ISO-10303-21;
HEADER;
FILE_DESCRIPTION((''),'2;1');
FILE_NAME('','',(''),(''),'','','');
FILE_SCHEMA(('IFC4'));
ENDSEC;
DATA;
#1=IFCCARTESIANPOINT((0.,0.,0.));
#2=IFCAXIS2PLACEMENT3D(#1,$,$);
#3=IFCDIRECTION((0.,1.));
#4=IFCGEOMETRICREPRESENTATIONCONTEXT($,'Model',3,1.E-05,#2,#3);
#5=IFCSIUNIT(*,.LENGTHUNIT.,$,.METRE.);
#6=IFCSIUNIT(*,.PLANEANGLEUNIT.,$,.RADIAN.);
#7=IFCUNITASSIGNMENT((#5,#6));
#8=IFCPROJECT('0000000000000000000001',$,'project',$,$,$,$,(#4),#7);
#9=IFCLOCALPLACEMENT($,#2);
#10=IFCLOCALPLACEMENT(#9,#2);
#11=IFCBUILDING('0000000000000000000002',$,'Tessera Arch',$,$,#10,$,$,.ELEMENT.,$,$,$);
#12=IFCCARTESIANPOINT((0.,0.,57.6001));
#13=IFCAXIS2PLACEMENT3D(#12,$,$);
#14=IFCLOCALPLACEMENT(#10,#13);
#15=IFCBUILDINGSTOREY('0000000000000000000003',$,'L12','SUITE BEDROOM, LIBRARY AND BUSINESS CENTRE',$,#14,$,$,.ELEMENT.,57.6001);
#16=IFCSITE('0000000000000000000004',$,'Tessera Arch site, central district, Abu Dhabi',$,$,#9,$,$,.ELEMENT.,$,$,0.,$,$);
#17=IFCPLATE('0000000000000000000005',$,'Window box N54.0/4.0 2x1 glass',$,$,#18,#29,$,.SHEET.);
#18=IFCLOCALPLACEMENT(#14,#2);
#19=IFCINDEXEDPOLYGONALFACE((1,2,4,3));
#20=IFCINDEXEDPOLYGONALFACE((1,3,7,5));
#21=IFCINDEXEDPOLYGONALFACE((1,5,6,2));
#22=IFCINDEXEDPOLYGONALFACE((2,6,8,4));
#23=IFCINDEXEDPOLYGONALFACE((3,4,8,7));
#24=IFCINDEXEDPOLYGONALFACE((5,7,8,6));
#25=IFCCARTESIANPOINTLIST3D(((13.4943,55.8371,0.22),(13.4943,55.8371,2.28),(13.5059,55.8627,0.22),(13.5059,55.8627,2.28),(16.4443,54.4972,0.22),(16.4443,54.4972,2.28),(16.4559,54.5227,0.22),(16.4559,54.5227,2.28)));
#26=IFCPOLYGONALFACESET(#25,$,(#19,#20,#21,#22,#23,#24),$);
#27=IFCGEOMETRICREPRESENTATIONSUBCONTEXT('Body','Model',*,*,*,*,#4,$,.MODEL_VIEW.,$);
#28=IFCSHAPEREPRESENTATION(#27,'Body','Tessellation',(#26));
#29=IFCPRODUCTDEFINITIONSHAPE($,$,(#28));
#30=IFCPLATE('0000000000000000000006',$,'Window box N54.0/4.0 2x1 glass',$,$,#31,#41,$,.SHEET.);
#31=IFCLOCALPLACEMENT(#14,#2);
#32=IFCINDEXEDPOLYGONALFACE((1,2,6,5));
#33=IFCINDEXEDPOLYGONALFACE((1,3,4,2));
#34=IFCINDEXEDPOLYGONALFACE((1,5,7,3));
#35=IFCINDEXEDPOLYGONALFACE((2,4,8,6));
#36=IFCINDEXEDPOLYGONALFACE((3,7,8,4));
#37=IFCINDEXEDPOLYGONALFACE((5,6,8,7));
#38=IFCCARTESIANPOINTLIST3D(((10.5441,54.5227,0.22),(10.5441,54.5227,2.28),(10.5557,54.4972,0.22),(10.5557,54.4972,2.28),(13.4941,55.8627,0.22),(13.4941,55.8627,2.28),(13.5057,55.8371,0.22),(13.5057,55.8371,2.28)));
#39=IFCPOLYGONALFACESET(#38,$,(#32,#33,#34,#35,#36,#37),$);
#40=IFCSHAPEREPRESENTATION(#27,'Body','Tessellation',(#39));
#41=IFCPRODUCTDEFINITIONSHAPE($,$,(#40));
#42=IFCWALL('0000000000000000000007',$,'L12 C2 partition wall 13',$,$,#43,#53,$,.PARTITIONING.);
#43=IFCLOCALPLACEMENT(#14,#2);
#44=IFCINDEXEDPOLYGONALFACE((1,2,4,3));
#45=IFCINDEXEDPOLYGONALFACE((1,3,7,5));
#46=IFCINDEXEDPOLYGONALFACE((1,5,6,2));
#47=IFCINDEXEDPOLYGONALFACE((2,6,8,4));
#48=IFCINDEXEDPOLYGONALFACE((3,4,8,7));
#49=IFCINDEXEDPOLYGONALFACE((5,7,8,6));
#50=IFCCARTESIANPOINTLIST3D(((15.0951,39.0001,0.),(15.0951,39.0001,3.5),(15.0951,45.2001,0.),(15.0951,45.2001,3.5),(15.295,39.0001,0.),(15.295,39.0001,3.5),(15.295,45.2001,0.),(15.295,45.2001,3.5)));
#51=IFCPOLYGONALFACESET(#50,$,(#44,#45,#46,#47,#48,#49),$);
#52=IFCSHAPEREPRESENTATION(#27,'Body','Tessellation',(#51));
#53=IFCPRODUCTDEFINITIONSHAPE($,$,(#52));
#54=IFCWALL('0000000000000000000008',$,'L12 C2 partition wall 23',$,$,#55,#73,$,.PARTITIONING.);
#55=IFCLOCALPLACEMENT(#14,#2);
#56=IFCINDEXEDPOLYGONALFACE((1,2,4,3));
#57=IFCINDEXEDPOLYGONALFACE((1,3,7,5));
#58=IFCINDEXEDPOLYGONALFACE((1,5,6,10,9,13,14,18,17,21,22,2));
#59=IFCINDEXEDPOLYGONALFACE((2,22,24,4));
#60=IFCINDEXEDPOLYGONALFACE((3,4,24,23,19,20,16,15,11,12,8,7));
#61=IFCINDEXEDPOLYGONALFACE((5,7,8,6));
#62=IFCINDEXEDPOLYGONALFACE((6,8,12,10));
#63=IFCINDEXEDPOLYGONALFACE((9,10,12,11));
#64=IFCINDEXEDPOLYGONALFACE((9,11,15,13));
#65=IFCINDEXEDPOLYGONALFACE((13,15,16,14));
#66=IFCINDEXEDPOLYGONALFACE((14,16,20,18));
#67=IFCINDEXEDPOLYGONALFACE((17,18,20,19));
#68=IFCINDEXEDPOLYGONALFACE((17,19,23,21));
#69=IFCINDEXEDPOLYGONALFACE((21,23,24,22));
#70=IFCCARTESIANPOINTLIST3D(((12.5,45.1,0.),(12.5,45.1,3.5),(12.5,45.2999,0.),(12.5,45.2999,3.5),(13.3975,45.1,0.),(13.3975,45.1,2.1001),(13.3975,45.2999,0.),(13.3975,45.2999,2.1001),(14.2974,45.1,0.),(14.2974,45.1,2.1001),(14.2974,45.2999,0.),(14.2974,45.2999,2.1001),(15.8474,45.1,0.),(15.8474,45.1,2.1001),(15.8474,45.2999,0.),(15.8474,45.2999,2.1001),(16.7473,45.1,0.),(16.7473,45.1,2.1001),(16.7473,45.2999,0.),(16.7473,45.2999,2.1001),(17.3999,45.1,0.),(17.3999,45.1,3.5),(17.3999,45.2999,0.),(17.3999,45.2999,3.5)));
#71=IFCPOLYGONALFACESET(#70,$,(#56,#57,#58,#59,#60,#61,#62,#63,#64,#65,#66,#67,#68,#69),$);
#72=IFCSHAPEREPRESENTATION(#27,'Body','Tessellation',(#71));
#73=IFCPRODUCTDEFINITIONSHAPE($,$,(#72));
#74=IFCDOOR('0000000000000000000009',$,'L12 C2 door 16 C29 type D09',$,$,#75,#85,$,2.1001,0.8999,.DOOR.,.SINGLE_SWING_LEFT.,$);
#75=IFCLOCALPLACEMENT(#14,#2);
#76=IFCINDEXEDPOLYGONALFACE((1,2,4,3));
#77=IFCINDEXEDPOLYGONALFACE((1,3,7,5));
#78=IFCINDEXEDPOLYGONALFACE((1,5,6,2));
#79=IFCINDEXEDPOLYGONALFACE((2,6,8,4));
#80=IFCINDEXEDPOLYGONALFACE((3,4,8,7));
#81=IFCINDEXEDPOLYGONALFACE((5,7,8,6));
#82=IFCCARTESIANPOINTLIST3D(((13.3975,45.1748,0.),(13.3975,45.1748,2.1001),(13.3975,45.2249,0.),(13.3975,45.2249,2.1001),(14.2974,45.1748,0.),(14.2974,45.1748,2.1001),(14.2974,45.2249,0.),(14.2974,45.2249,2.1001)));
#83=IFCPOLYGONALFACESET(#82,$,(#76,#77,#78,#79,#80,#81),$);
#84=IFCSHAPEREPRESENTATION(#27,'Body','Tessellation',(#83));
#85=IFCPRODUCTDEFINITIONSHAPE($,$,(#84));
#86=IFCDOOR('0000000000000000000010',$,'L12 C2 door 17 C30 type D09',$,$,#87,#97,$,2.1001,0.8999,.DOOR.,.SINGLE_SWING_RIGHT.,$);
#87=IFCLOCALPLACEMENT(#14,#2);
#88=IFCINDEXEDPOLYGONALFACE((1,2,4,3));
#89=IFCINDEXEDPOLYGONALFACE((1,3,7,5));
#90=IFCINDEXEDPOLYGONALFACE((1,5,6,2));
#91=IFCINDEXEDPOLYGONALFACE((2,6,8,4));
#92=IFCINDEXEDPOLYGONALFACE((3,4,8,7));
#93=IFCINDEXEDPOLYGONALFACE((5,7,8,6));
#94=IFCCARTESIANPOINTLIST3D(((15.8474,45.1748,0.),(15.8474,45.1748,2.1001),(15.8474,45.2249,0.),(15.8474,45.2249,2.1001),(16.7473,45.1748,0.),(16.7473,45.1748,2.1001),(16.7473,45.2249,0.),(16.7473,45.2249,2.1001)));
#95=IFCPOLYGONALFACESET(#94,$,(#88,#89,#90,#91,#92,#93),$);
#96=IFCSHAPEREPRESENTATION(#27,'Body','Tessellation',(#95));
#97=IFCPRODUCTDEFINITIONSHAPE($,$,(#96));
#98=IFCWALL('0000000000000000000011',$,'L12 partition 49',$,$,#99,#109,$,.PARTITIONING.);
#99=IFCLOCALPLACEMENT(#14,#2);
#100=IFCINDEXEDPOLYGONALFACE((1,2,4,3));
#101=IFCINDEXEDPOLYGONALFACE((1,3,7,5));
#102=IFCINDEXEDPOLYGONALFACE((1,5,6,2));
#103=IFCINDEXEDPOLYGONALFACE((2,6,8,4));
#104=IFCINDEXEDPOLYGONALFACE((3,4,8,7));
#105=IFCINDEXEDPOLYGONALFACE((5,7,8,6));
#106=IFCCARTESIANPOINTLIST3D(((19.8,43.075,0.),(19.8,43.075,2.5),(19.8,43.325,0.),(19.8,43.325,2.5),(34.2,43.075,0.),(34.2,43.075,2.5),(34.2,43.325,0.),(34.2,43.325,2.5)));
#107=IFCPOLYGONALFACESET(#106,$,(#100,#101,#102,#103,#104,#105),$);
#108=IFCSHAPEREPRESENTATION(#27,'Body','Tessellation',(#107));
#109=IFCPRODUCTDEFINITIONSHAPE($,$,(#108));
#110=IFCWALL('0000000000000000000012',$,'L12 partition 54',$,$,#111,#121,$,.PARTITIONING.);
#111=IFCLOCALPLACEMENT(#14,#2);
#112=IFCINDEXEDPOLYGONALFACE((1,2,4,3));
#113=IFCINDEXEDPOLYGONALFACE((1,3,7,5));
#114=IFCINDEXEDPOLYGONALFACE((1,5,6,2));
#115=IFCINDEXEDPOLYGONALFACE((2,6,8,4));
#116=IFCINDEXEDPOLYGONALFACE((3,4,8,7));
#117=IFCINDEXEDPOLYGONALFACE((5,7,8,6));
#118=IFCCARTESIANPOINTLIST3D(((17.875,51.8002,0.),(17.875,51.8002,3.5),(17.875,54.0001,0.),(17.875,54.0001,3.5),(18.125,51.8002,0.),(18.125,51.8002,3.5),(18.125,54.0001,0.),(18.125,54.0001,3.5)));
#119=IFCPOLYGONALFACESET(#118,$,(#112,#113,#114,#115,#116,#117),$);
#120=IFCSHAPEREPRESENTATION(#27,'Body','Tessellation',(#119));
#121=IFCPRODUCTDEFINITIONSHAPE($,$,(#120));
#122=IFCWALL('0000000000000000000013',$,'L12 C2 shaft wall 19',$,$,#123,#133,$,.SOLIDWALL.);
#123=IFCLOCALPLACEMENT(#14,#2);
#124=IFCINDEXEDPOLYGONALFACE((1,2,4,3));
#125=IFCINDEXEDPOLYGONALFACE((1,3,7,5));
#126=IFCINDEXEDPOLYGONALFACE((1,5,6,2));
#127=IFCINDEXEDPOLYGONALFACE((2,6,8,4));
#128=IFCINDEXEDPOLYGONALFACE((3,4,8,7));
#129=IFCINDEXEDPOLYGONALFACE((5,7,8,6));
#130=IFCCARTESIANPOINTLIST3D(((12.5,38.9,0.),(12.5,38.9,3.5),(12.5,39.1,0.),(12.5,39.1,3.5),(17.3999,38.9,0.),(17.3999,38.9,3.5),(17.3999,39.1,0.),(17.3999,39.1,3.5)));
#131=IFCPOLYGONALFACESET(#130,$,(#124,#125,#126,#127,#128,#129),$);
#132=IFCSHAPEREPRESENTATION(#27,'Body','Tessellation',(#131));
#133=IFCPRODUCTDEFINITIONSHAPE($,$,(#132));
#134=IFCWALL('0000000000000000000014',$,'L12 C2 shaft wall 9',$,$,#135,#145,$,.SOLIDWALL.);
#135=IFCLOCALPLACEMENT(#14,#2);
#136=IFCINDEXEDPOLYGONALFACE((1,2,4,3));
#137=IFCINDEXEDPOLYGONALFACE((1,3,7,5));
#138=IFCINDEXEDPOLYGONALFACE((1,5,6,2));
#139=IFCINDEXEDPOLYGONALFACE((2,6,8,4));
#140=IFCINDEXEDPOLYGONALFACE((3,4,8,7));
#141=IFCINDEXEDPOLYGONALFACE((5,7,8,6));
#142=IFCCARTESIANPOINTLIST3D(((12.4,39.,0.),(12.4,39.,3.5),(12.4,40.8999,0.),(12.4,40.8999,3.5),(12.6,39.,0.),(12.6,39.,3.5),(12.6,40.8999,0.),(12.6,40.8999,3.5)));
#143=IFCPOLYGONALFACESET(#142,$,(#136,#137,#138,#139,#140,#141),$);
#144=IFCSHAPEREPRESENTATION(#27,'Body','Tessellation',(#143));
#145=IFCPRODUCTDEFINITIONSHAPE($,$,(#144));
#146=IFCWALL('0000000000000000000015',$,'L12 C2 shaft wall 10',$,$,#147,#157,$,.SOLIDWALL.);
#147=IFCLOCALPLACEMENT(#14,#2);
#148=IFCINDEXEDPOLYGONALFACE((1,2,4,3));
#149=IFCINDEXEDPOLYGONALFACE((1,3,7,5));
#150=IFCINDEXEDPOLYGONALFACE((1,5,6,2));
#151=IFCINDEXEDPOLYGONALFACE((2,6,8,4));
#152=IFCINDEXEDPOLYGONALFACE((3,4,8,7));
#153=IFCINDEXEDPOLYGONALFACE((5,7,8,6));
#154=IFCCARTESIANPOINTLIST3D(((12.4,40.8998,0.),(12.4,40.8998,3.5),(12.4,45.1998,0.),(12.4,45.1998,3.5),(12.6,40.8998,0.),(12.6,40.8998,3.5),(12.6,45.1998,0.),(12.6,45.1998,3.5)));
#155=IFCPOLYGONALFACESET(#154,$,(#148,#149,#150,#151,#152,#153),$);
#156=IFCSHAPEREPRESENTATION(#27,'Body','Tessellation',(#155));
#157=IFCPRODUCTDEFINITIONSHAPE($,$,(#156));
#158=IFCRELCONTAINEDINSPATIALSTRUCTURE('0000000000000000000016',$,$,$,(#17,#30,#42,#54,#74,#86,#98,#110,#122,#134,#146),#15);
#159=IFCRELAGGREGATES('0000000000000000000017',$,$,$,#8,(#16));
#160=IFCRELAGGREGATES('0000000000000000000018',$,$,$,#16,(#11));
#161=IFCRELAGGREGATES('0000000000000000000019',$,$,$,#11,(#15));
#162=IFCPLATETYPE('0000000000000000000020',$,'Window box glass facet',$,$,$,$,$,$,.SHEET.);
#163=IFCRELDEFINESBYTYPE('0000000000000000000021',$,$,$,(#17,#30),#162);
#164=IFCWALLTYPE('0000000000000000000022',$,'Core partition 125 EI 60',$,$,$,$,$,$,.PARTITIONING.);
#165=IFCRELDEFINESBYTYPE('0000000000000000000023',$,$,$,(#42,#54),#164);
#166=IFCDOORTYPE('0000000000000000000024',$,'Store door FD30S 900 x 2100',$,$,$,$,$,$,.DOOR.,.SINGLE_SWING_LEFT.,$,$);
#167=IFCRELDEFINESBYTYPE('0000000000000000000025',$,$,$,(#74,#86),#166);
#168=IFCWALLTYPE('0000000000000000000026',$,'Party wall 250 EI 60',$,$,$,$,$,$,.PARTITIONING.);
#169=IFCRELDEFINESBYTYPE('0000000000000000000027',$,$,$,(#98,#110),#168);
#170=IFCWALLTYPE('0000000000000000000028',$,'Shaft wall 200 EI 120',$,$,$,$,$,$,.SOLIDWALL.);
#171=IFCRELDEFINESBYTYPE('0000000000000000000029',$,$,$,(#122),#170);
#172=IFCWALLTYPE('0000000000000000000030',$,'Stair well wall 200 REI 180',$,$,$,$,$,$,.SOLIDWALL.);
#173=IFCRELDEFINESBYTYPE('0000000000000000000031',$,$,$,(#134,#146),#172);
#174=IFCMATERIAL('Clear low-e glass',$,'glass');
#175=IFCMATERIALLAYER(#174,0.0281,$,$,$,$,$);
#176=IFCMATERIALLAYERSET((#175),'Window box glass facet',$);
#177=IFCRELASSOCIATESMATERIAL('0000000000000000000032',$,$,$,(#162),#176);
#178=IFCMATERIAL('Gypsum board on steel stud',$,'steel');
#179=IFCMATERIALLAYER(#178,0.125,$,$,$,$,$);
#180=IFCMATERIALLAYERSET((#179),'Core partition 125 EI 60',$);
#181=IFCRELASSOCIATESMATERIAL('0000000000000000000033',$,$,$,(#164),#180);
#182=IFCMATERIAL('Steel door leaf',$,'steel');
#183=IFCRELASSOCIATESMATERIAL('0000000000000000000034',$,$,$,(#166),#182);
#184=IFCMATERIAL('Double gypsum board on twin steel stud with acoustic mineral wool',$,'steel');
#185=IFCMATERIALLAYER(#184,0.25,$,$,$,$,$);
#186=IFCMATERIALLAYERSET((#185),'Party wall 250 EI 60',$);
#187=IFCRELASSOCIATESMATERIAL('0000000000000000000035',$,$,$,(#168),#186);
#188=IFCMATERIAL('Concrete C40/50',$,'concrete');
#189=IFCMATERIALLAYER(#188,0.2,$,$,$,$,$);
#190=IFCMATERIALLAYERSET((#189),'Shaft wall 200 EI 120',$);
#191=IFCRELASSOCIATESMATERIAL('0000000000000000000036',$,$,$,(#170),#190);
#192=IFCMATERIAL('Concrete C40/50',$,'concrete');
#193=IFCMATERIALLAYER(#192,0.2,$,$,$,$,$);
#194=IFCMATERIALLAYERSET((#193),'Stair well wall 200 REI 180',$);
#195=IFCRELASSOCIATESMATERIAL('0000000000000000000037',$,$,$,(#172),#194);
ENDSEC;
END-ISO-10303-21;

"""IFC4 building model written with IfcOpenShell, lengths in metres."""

from ifc_helpers import new_model, si_unit, direction, frame, frame_2d, origin, origin_2d, place, context, subcontext, project, spatial, rectangle, extrude, material, layer, layer_set, type_object, element, fill, save


model = new_model("IFC4")

# Units and contexts
model_context = context("Model", 3, precision=1e-05, world=origin(), true_north=direction((0.0, 1.0)))
body_context = subcontext(model_context, "Body", "Model", "MODEL_VIEW")
ifc_project = project(units=[si_unit("LENGTHUNIT", "METRE"), si_unit("PLANEANGLEUNIT", "RADIAN")], contexts=[model_context])

# Site, building, storey
site_placement = place(None, origin())
site = spatial("IfcSite", under=ifc_project, at=site_placement, Name="Tessera Arch site, central district, Abu Dhabi", CompositionType="ELEMENT", RefElevation=0.0)
building_placement = place(site_placement, origin())
building = spatial("IfcBuilding", under=site, at=building_placement, Name="Tessera Arch", CompositionType="ELEMENT")
storey_placement = place(building_placement, frame((0.0, 0.0, 57.6001)))
storey = spatial("IfcBuildingStorey", under=building, at=storey_placement, Name="L12", Description="SUITE BEDROOM, LIBRARY AND BUSINESS CENTRE", CompositionType="ELEMENT", Elevation=57.6001)

# Plates
ifc_material_1 = material(Name="Clear low-e glass", Category="glass")
ifc_layer_1 = layer(ifc_material_1, 0.0281)
ifc_layer_set_1 = layer_set([ifc_layer_1], Name="Window box glass facet")
plate_type_1 = type_object("IfcPlateType", Name="Window box glass facet", PredefinedType="SHEET", material=ifc_layer_set_1)
for number, where, z_axis, x_axis, name in (
    (1, (14.9751, 55.1799, 0.22), (0.0, 0.0, 1.0), (-0.910472, 0.41357, 0.0), "Window box N54.0/4.0 2x1 glass"),
    (2, (12.0249, 55.1799, 0.22), (0.0, 0.0, 1.0), (0.910472, 0.41357, 0.0), "Window box N54.0/4.0 2x1 glass"),
):
    element("IfcPlate", number, at=place(storey_placement, frame(where, z_axis=z_axis, x_axis=x_axis)), inside=storey, type_object=plate_type_1, Name=name, PredefinedType="SHEET", context=body_context, shape_type="SweptSolid", body=[
        extrude(rectangle(XDim=3.24, YDim=0.0281, at=origin_2d()), origin(), (0.0, 0.0, 1.0), 2.0601),
    ])

# Wall
ifc_material_2 = material(Name="Gypsum board on steel stud", Category="steel")
ifc_layer_2 = layer(ifc_material_2, 0.125)
ifc_layer_set_2 = layer_set([ifc_layer_2], Name="Core partition 125 EI 60")
wall_type_1 = type_object("IfcWallType", Name="Core partition 125 EI 60", PredefinedType="PARTITIONING", material=ifc_layer_set_2)
wall_1_placement = place(storey_placement, frame((15.1951, 39.0, 0.0), z_axis=(0.0, 0.0, 1.0), x_axis=(0.0, 1.0, 0.0)))
element("IfcWall", 3, at=wall_1_placement, inside=storey, type_object=wall_type_1, Name="L12 C2 partition wall 13", PredefinedType="PARTITIONING", context=body_context, shape_type="SweptSolid", body=[
    extrude(rectangle(XDim=6.2, YDim=0.2, at=frame_2d((3.1001, 0.0))), origin(), (0.0, 0.0, 1.0), 3.5),
])

# Wall, openings, doors
wall_2_placement = place(storey_placement, frame((12.5, 45.2, 0.0), z_axis=(0.0, 0.0, 1.0), x_axis=(1.0, 0.0, 0.0)))
wall_2 = element("IfcWall", 4, at=wall_2_placement, inside=storey, type_object=wall_type_1, Name="L12 C2 partition wall 23", PredefinedType="PARTITIONING", context=body_context, shape_type="SweptSolid", body=[
    extrude(rectangle(XDim=4.8999, YDim=0.2, at=frame_2d((2.45, 0.0))), origin(), (0.0, 0.0, 1.0), 3.5),
])
opening_1_placement = place(wall_2_placement, frame((0.8975, 0.0, 0.0)))
opening_1 = element("IfcOpeningElement", 5, at=opening_1_placement, cuts=wall_2, PredefinedType="OPENING", context=body_context, shape_type="SweptSolid", body=[
    extrude(rectangle(XDim=0.8999, YDim=2.1001, at=frame_2d((0.45, 1.05))), frame((0.0, 0.1099, 0.0), z_axis=(0.0, -1.0, 0.0), x_axis=(1.0, 0.0, 0.0)), (0.0, 0.0, 1.0), 0.22),
])
opening_2_placement = place(wall_2_placement, frame((3.3474, 0.0, 0.0)))
opening_2 = element("IfcOpeningElement", 6, at=opening_2_placement, cuts=wall_2, PredefinedType="OPENING", context=body_context, shape_type="SweptSolid", body=[
    extrude(rectangle(XDim=0.8999, YDim=2.1001, at=frame_2d((0.45, 1.05))), frame((0.0, 0.1099, 0.0), z_axis=(0.0, -1.0, 0.0), x_axis=(1.0, 0.0, 0.0)), (0.0, 0.0, 1.0), 0.22),
])
ifc_material_3 = material(Name="Steel door leaf", Category="steel")
door_type = type_object("IfcDoorType", Name="Store door FD30S 900 x 2100", OperationType="SINGLE_SWING_LEFT", PredefinedType="DOOR", material=ifc_material_3)
door_1_placement = place(opening_1_placement, origin())
door_1 = element("IfcDoor", 7, at=door_1_placement, inside=storey, type_object=door_type, Name="L12 C2 door 16 C29 type D09", OperationType="SINGLE_SWING_LEFT", OverallHeight=2.1001, OverallWidth=0.8999, PredefinedType="DOOR", context=body_context, shape_type="SweptSolid", body=[
    extrude(rectangle(XDim=0.8999, YDim=2.1001, at=frame_2d((0.45, 1.05))), frame((0.0, 0.0249, 0.0), z_axis=(0.0, -1.0, 0.0), x_axis=(1.0, 0.0, 0.0)), (0.0, 0.0, 1.0), 0.05),
])
fill(opening_1, door_1)
door_2_placement = place(opening_2_placement, origin())
door_2 = element("IfcDoor", 8, at=door_2_placement, inside=storey, type_object=door_type, Name="L12 C2 door 17 C30 type D09", OperationType="SINGLE_SWING_RIGHT", OverallHeight=2.1001, OverallWidth=0.8999, PredefinedType="DOOR", context=body_context, shape_type="SweptSolid", body=[
    extrude(rectangle(XDim=0.8999, YDim=2.1001, at=frame_2d((0.45, 1.05))), frame((0.0, 0.0249, 0.0), z_axis=(0.0, -1.0, 0.0), x_axis=(1.0, 0.0, 0.0)), (0.0, 0.0, 1.0), 0.05),
])
fill(opening_2, door_2)

# Walls
ifc_material_4 = material(Name="Double gypsum board on twin steel stud with acoustic mineral wool", Category="steel")
ifc_layer_3 = layer(ifc_material_4, 0.25)
ifc_layer_set_3 = layer_set([ifc_layer_3], Name="Party wall 250 EI 60")
wall_type_2 = type_object("IfcWallType", Name="Party wall 250 EI 60", PredefinedType="PARTITIONING", material=ifc_layer_set_3)
wall_3_placement = place(storey_placement, frame((19.8, 43.2, 0.0), z_axis=(0.0, 0.0, 1.0), x_axis=(1.0, 0.0, 0.0)))
element("IfcWall", 9, at=wall_3_placement, inside=storey, type_object=wall_type_2, Name="L12 partition 49", PredefinedType="PARTITIONING", context=body_context, shape_type="SweptSolid", body=[
    extrude(rectangle(XDim=14.3999, YDim=0.25, at=frame_2d((7.2, 0.0))), origin(), (0.0, 0.0, 1.0), 2.5),
])
wall_4_placement = place(storey_placement, frame((18.0, 51.8, 0.0), z_axis=(0.0, 0.0, 1.0), x_axis=(0.0, 1.0, 0.0)))
element("IfcWall", 10, at=wall_4_placement, inside=storey, type_object=wall_type_2, Name="L12 partition 54", PredefinedType="PARTITIONING", context=body_context, shape_type="SweptSolid", body=[
    extrude(rectangle(XDim=2.2, YDim=0.25, at=frame_2d((1.1001, 0.0))), origin(), (0.0, 0.0, 1.0), 3.5),
])
ifc_material_5 = material(Name="Concrete C40/50", Category="concrete")
ifc_layer_4 = layer(ifc_material_5, 0.2)
ifc_layer_set_4 = layer_set([ifc_layer_4], Name="Shaft wall 200 EI 120")
wall_type_3 = type_object("IfcWallType", Name="Shaft wall 200 EI 120", PredefinedType="SOLIDWALL", material=ifc_layer_set_4)
wall_5_placement = place(storey_placement, frame((12.5, 39.0, 0.0), z_axis=(0.0, 0.0, 1.0), x_axis=(1.0, 0.0, 0.0)))
element("IfcWall", 11, at=wall_5_placement, inside=storey, type_object=wall_type_3, Name="L12 C2 shaft wall 19", PredefinedType="SOLIDWALL", context=body_context, shape_type="SweptSolid", body=[
    extrude(rectangle(XDim=4.8999, YDim=0.2, at=frame_2d((2.45, 0.0))), origin(), (0.0, 0.0, 1.0), 3.5),
])
ifc_material_6 = material(Name="Concrete C40/50", Category="concrete")
ifc_layer_5 = layer(ifc_material_6, 0.2)
ifc_layer_set_5 = layer_set([ifc_layer_5], Name="Stair well wall 200 REI 180")
wall_type_4 = type_object("IfcWallType", Name="Stair well wall 200 REI 180", PredefinedType="SOLIDWALL", material=ifc_layer_set_5)
wall_6_placement = place(storey_placement, frame((12.5, 39.0, 0.0), z_axis=(0.0, 0.0, 1.0), x_axis=(0.0, 1.0, 0.0)))
element("IfcWall", 12, at=wall_6_placement, inside=storey, type_object=wall_type_4, Name="L12 C2 shaft wall 9", PredefinedType="SOLIDWALL", context=body_context, shape_type="SweptSolid", body=[
    extrude(rectangle(XDim=1.8999, YDim=0.2, at=frame_2d((0.95, 0.0))), origin(), (0.0, 0.0, 1.0), 3.5),
])
wall_7_placement = place(storey_placement, frame((12.5, 40.8999, 0.0), z_axis=(0.0, 0.0, 1.0), x_axis=(0.0, 1.0, 0.0)))
element("IfcWall", 13, at=wall_7_placement, inside=storey, type_object=wall_type_4, Name="L12 C2 shaft wall 10", PredefinedType="SOLIDWALL", context=body_context, shape_type="SweptSolid", body=[
    extrude(rectangle(XDim=4.3, YDim=0.2, at=frame_2d((2.1499, 0.0))), origin(), (0.0, 0.0, 1.0), 3.5),
])

save(model, "model.ifc")
